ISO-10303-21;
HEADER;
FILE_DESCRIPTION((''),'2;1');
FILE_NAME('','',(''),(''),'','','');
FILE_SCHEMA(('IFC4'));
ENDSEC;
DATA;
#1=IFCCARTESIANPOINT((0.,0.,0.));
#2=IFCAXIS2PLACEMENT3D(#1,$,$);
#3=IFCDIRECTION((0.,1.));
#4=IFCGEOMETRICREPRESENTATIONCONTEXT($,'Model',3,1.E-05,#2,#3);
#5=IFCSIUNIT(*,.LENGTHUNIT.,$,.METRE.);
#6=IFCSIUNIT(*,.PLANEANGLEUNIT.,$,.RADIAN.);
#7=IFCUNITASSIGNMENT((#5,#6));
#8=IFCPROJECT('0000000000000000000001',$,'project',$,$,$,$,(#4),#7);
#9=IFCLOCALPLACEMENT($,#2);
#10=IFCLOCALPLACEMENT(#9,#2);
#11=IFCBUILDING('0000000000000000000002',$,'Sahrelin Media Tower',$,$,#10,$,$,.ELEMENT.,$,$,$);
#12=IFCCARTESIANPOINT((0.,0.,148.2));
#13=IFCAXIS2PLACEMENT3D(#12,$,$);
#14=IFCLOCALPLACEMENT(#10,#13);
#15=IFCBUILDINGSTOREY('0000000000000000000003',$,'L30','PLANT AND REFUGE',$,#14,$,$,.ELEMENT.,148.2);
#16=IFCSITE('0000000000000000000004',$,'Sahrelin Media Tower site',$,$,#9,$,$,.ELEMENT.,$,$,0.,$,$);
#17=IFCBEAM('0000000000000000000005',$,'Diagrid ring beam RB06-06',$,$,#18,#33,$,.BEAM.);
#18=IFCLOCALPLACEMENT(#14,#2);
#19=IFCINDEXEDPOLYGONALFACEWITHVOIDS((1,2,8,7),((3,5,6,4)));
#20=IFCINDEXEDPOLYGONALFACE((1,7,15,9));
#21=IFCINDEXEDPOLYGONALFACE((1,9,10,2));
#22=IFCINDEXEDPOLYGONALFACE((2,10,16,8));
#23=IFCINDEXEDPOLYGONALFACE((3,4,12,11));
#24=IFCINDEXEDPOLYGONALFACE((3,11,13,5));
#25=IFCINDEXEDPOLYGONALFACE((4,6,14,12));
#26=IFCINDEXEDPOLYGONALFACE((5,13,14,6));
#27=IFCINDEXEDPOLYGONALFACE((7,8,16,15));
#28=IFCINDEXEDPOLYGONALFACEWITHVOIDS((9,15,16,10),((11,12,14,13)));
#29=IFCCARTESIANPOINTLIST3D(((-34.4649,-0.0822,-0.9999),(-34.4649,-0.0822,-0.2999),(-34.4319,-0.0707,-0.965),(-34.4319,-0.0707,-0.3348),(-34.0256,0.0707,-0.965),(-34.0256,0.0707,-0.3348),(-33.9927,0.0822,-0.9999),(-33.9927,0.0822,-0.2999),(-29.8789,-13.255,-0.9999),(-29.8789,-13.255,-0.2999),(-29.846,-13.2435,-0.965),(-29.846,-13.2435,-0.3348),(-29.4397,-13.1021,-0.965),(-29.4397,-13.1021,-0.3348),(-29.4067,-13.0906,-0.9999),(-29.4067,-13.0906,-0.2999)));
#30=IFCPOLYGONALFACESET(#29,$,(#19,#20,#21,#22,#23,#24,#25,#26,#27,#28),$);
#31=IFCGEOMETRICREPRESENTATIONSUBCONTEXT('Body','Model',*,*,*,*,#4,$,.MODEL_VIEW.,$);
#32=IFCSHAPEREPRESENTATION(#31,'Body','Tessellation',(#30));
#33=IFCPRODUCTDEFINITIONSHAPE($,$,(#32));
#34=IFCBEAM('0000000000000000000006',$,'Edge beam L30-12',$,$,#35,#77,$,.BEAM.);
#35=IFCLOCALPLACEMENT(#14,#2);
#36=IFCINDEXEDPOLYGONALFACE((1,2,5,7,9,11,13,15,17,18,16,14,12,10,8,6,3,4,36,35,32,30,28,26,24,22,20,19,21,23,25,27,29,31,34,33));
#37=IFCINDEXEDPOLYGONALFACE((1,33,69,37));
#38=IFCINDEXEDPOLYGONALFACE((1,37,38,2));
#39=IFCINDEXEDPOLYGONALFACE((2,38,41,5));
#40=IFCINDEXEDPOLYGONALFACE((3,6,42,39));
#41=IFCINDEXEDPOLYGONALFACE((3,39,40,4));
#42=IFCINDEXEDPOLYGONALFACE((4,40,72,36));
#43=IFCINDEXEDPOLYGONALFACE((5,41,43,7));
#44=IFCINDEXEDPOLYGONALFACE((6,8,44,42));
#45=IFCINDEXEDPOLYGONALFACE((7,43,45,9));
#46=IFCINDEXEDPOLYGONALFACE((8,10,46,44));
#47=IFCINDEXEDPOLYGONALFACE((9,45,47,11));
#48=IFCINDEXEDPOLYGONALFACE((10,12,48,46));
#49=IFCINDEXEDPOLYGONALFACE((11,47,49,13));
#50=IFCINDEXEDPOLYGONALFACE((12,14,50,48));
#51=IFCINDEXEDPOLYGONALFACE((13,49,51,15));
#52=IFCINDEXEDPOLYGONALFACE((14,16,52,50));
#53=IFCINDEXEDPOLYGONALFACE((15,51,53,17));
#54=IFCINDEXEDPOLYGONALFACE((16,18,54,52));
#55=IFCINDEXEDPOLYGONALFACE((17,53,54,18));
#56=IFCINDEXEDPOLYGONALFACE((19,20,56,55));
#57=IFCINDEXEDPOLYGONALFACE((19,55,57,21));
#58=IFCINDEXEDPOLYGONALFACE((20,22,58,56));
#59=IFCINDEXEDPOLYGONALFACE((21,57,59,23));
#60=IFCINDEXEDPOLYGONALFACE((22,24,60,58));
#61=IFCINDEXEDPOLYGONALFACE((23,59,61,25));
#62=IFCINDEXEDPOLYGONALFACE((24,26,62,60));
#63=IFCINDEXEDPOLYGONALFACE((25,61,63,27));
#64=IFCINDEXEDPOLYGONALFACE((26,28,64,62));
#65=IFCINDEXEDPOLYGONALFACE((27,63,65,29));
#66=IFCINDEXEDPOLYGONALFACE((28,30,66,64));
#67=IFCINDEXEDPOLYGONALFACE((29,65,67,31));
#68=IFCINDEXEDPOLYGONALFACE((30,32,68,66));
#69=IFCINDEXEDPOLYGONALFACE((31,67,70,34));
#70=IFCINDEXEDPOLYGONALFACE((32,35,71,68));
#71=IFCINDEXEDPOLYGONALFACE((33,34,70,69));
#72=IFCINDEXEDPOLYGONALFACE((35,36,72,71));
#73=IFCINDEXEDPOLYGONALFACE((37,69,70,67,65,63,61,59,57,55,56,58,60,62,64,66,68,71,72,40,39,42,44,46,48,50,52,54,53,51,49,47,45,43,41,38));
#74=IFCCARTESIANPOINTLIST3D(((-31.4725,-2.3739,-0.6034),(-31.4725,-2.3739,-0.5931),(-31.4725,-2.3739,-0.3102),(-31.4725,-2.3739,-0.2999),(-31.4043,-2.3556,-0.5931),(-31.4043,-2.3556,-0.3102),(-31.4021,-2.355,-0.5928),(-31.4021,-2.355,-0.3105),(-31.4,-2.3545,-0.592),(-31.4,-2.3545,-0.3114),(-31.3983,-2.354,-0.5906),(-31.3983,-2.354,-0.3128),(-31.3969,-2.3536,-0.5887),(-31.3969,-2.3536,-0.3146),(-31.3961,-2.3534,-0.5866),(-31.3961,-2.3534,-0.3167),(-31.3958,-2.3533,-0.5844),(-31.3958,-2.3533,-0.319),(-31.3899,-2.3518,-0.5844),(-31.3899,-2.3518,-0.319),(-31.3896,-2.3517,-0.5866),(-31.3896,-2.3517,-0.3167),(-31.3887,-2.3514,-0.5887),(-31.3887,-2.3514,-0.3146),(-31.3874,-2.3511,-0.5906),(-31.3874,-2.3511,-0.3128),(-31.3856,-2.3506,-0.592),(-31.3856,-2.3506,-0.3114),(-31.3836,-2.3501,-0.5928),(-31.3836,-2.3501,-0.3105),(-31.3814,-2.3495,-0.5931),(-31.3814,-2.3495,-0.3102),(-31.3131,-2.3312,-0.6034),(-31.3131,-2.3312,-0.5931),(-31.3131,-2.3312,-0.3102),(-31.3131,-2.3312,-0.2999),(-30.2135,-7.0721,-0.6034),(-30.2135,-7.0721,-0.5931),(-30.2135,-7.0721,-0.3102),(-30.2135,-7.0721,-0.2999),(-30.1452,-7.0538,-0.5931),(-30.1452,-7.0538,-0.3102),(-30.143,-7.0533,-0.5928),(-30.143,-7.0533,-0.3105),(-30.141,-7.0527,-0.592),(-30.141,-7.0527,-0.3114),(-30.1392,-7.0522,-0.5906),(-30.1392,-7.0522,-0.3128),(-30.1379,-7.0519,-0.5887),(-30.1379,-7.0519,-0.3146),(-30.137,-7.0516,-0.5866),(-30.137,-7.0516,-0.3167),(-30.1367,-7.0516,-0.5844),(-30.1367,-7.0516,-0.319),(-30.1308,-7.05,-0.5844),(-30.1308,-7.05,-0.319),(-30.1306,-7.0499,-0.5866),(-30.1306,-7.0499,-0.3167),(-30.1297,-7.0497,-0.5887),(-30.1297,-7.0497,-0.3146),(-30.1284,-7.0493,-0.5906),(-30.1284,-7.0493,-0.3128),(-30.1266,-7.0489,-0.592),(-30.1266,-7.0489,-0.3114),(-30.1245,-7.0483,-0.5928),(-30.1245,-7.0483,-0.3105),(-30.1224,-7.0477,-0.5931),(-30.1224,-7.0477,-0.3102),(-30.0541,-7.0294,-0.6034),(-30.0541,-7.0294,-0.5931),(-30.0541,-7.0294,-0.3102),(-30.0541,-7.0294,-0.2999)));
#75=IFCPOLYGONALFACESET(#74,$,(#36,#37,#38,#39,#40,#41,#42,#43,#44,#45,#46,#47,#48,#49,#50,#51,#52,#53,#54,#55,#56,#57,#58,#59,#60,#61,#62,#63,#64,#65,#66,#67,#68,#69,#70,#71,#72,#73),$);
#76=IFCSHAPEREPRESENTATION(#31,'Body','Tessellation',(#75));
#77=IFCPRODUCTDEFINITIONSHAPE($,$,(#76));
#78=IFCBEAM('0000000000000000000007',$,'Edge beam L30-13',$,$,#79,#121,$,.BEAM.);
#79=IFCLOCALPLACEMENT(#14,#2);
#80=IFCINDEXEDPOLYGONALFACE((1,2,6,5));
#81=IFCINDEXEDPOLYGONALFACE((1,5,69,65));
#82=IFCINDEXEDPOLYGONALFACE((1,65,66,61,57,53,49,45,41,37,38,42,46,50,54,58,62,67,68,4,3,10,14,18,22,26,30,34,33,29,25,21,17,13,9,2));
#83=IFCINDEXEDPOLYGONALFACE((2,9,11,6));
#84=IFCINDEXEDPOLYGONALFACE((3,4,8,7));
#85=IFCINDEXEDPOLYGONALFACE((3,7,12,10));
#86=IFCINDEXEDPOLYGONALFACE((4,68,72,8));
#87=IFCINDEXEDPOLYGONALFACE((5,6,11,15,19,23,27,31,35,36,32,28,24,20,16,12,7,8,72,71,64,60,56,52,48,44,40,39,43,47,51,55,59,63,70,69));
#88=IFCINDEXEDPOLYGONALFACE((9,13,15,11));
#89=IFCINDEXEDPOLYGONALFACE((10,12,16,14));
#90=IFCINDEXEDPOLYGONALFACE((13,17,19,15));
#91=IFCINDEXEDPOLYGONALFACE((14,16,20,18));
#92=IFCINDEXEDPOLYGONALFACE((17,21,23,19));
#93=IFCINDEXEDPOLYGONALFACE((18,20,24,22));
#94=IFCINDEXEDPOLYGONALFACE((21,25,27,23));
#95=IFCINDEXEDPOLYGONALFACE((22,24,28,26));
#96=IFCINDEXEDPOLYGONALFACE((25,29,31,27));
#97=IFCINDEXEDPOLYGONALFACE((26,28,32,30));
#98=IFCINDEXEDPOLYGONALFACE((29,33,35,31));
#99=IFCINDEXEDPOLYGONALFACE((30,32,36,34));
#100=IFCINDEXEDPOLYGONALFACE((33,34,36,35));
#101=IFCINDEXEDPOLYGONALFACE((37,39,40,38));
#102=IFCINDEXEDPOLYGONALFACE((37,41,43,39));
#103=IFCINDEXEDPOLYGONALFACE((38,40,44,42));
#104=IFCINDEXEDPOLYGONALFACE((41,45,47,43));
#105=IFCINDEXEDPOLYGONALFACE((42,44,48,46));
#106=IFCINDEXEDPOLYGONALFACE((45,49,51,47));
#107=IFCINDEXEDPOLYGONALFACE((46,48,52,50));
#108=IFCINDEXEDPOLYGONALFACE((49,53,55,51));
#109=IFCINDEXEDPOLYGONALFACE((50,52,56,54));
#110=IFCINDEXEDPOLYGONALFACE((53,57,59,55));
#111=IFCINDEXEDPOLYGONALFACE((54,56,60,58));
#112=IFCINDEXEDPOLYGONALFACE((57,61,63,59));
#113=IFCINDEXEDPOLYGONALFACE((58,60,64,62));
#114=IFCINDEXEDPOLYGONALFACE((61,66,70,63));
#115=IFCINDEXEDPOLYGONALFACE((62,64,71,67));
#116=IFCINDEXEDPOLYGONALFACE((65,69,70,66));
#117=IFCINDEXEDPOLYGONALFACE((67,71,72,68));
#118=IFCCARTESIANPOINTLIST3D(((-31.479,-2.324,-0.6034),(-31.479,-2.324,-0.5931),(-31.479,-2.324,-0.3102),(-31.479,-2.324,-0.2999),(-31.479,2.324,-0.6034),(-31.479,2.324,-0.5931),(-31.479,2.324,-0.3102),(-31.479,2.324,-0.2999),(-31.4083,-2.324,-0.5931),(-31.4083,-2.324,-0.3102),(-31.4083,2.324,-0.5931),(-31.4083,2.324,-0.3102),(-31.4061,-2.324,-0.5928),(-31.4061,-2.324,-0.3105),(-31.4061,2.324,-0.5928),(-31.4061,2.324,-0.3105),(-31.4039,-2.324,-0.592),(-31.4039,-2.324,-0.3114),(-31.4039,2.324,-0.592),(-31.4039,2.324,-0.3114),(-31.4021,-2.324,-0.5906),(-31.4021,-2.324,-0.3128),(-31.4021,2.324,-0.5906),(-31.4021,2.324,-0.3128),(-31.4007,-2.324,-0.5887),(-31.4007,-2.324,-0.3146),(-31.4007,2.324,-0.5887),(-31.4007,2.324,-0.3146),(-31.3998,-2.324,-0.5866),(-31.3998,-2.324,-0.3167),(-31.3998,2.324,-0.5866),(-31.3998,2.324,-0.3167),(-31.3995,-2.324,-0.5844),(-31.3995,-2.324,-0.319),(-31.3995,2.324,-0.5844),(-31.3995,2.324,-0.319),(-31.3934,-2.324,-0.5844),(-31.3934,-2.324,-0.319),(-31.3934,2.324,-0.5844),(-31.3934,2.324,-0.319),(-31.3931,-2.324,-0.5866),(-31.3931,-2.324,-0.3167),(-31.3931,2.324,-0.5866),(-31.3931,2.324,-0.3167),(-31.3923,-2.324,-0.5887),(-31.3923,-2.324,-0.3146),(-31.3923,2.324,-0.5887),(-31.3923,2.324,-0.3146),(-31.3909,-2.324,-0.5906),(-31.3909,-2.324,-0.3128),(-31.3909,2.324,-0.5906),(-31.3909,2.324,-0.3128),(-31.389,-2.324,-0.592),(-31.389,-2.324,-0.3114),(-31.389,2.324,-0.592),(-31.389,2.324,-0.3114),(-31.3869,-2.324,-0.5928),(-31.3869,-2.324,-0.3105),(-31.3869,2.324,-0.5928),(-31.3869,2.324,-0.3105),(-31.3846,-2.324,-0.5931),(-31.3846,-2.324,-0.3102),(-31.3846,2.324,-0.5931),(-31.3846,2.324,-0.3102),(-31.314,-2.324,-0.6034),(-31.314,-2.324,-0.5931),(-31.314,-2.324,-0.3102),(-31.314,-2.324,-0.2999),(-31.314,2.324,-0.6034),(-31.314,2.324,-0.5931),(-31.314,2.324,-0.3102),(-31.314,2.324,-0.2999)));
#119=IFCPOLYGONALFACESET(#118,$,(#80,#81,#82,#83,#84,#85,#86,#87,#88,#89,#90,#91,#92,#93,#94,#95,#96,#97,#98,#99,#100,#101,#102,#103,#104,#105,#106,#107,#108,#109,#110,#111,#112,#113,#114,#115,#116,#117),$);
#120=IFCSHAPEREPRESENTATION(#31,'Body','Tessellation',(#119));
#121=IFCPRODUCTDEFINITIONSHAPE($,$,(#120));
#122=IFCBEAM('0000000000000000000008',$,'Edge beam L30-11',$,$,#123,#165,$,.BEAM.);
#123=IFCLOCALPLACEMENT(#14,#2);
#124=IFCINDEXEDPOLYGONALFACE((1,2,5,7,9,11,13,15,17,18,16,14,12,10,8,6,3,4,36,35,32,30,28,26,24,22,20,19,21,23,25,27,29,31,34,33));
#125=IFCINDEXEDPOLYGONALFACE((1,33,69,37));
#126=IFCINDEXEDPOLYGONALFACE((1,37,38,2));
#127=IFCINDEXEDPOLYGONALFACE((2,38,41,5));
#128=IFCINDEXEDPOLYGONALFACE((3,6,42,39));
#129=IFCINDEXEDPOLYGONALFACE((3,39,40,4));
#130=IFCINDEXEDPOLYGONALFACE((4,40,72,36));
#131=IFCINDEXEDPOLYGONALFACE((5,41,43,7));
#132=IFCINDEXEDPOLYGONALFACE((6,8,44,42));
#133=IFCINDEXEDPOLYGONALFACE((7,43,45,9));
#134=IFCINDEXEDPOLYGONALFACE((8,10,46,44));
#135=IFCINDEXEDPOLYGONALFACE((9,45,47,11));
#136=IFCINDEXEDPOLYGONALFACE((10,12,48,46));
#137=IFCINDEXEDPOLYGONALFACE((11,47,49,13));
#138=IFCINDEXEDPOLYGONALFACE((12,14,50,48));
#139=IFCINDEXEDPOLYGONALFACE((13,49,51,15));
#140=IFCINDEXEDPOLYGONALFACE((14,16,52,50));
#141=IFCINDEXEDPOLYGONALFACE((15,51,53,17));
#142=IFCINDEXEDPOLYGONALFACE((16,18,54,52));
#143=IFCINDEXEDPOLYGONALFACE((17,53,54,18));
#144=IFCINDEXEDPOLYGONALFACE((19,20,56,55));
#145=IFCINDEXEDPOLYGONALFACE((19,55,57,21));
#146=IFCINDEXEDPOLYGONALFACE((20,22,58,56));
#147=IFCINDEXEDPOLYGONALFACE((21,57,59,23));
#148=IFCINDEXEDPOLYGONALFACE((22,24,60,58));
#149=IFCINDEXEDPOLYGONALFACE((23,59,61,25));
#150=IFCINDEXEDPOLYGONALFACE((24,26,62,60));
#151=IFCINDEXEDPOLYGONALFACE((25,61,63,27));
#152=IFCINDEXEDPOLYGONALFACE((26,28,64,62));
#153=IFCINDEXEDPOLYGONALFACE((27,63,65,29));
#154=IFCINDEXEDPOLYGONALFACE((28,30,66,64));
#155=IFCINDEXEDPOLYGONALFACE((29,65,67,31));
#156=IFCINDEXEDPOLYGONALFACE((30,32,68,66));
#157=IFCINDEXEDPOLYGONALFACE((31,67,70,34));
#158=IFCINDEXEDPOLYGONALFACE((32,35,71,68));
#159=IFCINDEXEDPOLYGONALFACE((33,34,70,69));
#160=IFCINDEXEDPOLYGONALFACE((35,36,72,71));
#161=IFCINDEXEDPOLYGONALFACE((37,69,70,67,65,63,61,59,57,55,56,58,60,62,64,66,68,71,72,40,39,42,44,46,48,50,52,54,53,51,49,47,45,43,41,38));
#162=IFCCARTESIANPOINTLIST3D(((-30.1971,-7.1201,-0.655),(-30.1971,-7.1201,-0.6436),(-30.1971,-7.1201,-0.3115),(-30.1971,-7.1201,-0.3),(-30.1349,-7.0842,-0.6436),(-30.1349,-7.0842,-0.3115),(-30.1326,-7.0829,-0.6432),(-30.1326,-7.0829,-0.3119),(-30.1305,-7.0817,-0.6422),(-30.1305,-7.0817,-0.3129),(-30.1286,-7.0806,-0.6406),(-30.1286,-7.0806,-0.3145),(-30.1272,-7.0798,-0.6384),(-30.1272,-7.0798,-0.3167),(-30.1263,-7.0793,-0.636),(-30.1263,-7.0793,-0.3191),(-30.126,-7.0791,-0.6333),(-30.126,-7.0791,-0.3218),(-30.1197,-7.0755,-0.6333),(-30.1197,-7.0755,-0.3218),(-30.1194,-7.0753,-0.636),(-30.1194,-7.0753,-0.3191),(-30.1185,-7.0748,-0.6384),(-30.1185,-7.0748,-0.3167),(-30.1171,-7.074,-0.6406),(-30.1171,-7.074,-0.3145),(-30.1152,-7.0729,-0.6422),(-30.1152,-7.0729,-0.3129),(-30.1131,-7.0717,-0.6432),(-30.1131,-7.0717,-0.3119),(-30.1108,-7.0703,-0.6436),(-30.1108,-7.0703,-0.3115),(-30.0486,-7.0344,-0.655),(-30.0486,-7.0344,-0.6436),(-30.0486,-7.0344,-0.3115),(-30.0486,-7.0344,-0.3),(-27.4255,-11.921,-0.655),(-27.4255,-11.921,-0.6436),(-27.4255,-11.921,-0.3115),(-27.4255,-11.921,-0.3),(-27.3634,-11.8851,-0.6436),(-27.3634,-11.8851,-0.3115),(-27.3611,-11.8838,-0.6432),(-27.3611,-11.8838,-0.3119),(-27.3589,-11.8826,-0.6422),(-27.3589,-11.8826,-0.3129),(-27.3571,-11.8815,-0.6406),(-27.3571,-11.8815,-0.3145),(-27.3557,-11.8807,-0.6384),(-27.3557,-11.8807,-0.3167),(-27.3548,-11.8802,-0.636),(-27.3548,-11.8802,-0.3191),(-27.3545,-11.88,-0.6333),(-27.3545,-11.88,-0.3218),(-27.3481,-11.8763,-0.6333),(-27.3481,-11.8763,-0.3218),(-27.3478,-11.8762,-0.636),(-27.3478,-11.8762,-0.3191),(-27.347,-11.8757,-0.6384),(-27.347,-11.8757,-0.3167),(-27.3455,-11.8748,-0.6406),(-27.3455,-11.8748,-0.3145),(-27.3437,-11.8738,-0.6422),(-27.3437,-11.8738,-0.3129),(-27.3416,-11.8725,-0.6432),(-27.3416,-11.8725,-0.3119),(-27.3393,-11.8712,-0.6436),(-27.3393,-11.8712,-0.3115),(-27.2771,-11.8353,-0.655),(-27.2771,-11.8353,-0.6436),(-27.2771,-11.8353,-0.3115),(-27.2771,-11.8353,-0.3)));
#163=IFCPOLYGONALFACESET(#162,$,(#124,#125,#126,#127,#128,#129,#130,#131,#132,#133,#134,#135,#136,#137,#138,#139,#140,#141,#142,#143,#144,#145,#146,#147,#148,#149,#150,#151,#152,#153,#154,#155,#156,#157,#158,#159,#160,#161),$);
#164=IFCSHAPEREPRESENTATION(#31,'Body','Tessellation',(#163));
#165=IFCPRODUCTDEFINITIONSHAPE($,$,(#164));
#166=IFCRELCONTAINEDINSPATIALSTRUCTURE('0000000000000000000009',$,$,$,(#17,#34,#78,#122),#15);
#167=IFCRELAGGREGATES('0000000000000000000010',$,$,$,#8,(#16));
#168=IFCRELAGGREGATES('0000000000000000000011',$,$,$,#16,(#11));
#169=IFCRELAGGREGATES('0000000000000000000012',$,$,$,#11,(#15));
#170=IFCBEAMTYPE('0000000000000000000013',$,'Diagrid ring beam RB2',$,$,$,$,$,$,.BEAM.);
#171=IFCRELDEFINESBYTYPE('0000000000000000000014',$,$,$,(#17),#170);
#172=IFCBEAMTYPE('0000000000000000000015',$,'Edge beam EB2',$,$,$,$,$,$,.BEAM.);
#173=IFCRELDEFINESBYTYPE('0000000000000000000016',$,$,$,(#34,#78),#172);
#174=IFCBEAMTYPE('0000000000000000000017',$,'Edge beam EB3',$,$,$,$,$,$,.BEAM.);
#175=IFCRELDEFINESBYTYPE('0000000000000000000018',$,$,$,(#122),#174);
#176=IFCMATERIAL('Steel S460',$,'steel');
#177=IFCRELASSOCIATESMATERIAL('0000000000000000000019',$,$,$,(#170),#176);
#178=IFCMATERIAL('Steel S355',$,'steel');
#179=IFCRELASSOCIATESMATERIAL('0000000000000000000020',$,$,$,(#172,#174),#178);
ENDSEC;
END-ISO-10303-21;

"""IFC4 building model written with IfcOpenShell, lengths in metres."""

from ifc_helpers import new_model, si_unit, direction, frame, origin, origin_2d, place, context, subcontext, project, spatial, hollow_rectangle, i_section, extrude, material, material_profile, profile_set, type_object, element, save


model = new_model("IFC4")

# Units and contexts
model_context = context("Model", 3, precision=1e-05, world=origin(), true_north=direction((0.0, 1.0)))
body_context = subcontext(model_context, "Body", "Model", "MODEL_VIEW")
ifc_project = project(units=[si_unit("LENGTHUNIT", "METRE"), si_unit("PLANEANGLEUNIT", "RADIAN")], contexts=[model_context])

# Site, building, storey
site_placement = place(None, origin())
site = spatial("IfcSite", under=ifc_project, at=site_placement, Name="Sahrelin Media Tower site", CompositionType="ELEMENT", RefElevation=0.0)
building_placement = place(site_placement, origin())
building = spatial("IfcBuilding", under=site, at=building_placement, Name="Sahrelin Media Tower", CompositionType="ELEMENT")
storey_placement = place(building_placement, frame((0.0, 0.0, 148.2)))
storey = spatial("IfcBuildingStorey", under=building, at=storey_placement, Name="L30", Description="PLANT AND REFUGE", CompositionType="ELEMENT", Elevation=148.2)

# Shared definitions
ifc_material_1 = material(Name="Steel S460", Category="steel")

# Beams
ifc_material_profile_1 = material_profile(ifc_material_1, hollow_rectangle(XDim=0.5, YDim=0.7, WallThickness=0.0349, at=origin_2d()), Name="Diagrid ring beam RB2")
ifc_profile_set_1 = profile_set([ifc_material_profile_1], Name="Steel S460")
beam_type_1 = type_object("IfcBeamType", Name="Diagrid ring beam RB2", PredefinedType="BEAM", material=ifc_profile_set_1)
beam_1_placement = place(storey_placement, frame((-34.2288, 0.0, -0.6499), z_axis=(0.328781, -0.944406, 0.0), x_axis=(0.944406, 0.328781, 0.0)))
element("IfcBeam", 1, at=beam_1_placement, inside=storey, type_object=beam_type_1, Name="Diagrid ring beam RB06-06", PredefinedType="BEAM", context=body_context, shape_type="SweptSolid", body=[
    extrude(hollow_rectangle(XDim=0.5, YDim=0.7, WallThickness=0.0349, at=origin_2d()), origin(), (0.0, 0.0, 1.0), 13.9482),
])
ifc_material_2 = material(Name="Steel S355", Category="steel")
ifc_material_profile_2 = material_profile(ifc_material_2, i_section(OverallWidth=0.165, OverallDepth=0.3035, WebThickness=0.0061, FlangeThickness=0.0103, FilletRadius=0.0088, at=origin_2d()), Name="UB 305x165x40")
ifc_profile_set_2 = profile_set([ifc_material_profile_2], Name="Steel S355")
beam_type_2 = type_object("IfcBeamType", Name="Edge beam EB2", PredefinedType="BEAM", material=ifc_profile_set_2)
beam_2_placement = place(storey_placement, frame((-30.1338, -7.0508, -0.4517), z_axis=(-0.258846, 0.965918, 0.0), x_axis=(-0.965918, -0.258846, 0.0)))
element("IfcBeam", 2, at=beam_2_placement, inside=storey, type_object=beam_type_2, Name="Edge beam L30-12", PredefinedType="BEAM", context=body_context, shape_type="SweptSolid", body=[
    extrude(i_section(OverallWidth=0.165, OverallDepth=0.3035, WebThickness=0.0061, FlangeThickness=0.0103, FilletRadius=0.0088, at=origin_2d()), origin(), (0.0, 0.0, 1.0), 4.864),
])
beam_3_placement = place(storey_placement, frame((-31.3965, -2.324, -0.4517), z_axis=(0.0, 1.0, 0.0), x_axis=(-1.0, 0.0, 0.0)))
element("IfcBeam", 3, at=beam_3_placement, inside=storey, type_object=beam_type_2, Name="Edge beam L30-13", PredefinedType="BEAM", context=body_context, shape_type="SweptSolid", body=[
    extrude(i_section(OverallWidth=0.165, OverallDepth=0.3035, WebThickness=0.0061, FlangeThickness=0.0103, FilletRadius=0.0088, at=origin_2d()), origin(), (0.0, 0.0, 1.0), 4.6479),
])
ifc_material_profile_3 = material_profile(ifc_material_2, i_section(OverallWidth=0.1714, OverallDepth=0.355, WebThickness=0.0073, FlangeThickness=0.0115, FilletRadius=0.0103, at=origin_2d()), Name="UB 356x171x51")
ifc_profile_set_3 = profile_set([ifc_material_profile_3], Name="Steel S355")
beam_type_3 = type_object("IfcBeamType", Name="Edge beam EB3", PredefinedType="BEAM", material=ifc_profile_set_3)
beam_4_placement = place(storey_placement, frame((-27.3513, -11.8782, -0.4775), z_axis=(-0.499966, 0.866045, 0.0), x_axis=(-0.866045, -0.499966, 0.0)))
element("IfcBeam", 4, at=beam_4_placement, inside=storey, type_object=beam_type_3, Name="Edge beam L30-11", PredefinedType="BEAM", context=body_context, shape_type="SweptSolid", body=[
    extrude(i_section(OverallWidth=0.1714, OverallDepth=0.355, WebThickness=0.0073, FlangeThickness=0.0115, FilletRadius=0.0103, at=origin_2d()), origin(), (0.0, 0.0, 1.0), 5.5435),
])

save(model, "model.ifc")
